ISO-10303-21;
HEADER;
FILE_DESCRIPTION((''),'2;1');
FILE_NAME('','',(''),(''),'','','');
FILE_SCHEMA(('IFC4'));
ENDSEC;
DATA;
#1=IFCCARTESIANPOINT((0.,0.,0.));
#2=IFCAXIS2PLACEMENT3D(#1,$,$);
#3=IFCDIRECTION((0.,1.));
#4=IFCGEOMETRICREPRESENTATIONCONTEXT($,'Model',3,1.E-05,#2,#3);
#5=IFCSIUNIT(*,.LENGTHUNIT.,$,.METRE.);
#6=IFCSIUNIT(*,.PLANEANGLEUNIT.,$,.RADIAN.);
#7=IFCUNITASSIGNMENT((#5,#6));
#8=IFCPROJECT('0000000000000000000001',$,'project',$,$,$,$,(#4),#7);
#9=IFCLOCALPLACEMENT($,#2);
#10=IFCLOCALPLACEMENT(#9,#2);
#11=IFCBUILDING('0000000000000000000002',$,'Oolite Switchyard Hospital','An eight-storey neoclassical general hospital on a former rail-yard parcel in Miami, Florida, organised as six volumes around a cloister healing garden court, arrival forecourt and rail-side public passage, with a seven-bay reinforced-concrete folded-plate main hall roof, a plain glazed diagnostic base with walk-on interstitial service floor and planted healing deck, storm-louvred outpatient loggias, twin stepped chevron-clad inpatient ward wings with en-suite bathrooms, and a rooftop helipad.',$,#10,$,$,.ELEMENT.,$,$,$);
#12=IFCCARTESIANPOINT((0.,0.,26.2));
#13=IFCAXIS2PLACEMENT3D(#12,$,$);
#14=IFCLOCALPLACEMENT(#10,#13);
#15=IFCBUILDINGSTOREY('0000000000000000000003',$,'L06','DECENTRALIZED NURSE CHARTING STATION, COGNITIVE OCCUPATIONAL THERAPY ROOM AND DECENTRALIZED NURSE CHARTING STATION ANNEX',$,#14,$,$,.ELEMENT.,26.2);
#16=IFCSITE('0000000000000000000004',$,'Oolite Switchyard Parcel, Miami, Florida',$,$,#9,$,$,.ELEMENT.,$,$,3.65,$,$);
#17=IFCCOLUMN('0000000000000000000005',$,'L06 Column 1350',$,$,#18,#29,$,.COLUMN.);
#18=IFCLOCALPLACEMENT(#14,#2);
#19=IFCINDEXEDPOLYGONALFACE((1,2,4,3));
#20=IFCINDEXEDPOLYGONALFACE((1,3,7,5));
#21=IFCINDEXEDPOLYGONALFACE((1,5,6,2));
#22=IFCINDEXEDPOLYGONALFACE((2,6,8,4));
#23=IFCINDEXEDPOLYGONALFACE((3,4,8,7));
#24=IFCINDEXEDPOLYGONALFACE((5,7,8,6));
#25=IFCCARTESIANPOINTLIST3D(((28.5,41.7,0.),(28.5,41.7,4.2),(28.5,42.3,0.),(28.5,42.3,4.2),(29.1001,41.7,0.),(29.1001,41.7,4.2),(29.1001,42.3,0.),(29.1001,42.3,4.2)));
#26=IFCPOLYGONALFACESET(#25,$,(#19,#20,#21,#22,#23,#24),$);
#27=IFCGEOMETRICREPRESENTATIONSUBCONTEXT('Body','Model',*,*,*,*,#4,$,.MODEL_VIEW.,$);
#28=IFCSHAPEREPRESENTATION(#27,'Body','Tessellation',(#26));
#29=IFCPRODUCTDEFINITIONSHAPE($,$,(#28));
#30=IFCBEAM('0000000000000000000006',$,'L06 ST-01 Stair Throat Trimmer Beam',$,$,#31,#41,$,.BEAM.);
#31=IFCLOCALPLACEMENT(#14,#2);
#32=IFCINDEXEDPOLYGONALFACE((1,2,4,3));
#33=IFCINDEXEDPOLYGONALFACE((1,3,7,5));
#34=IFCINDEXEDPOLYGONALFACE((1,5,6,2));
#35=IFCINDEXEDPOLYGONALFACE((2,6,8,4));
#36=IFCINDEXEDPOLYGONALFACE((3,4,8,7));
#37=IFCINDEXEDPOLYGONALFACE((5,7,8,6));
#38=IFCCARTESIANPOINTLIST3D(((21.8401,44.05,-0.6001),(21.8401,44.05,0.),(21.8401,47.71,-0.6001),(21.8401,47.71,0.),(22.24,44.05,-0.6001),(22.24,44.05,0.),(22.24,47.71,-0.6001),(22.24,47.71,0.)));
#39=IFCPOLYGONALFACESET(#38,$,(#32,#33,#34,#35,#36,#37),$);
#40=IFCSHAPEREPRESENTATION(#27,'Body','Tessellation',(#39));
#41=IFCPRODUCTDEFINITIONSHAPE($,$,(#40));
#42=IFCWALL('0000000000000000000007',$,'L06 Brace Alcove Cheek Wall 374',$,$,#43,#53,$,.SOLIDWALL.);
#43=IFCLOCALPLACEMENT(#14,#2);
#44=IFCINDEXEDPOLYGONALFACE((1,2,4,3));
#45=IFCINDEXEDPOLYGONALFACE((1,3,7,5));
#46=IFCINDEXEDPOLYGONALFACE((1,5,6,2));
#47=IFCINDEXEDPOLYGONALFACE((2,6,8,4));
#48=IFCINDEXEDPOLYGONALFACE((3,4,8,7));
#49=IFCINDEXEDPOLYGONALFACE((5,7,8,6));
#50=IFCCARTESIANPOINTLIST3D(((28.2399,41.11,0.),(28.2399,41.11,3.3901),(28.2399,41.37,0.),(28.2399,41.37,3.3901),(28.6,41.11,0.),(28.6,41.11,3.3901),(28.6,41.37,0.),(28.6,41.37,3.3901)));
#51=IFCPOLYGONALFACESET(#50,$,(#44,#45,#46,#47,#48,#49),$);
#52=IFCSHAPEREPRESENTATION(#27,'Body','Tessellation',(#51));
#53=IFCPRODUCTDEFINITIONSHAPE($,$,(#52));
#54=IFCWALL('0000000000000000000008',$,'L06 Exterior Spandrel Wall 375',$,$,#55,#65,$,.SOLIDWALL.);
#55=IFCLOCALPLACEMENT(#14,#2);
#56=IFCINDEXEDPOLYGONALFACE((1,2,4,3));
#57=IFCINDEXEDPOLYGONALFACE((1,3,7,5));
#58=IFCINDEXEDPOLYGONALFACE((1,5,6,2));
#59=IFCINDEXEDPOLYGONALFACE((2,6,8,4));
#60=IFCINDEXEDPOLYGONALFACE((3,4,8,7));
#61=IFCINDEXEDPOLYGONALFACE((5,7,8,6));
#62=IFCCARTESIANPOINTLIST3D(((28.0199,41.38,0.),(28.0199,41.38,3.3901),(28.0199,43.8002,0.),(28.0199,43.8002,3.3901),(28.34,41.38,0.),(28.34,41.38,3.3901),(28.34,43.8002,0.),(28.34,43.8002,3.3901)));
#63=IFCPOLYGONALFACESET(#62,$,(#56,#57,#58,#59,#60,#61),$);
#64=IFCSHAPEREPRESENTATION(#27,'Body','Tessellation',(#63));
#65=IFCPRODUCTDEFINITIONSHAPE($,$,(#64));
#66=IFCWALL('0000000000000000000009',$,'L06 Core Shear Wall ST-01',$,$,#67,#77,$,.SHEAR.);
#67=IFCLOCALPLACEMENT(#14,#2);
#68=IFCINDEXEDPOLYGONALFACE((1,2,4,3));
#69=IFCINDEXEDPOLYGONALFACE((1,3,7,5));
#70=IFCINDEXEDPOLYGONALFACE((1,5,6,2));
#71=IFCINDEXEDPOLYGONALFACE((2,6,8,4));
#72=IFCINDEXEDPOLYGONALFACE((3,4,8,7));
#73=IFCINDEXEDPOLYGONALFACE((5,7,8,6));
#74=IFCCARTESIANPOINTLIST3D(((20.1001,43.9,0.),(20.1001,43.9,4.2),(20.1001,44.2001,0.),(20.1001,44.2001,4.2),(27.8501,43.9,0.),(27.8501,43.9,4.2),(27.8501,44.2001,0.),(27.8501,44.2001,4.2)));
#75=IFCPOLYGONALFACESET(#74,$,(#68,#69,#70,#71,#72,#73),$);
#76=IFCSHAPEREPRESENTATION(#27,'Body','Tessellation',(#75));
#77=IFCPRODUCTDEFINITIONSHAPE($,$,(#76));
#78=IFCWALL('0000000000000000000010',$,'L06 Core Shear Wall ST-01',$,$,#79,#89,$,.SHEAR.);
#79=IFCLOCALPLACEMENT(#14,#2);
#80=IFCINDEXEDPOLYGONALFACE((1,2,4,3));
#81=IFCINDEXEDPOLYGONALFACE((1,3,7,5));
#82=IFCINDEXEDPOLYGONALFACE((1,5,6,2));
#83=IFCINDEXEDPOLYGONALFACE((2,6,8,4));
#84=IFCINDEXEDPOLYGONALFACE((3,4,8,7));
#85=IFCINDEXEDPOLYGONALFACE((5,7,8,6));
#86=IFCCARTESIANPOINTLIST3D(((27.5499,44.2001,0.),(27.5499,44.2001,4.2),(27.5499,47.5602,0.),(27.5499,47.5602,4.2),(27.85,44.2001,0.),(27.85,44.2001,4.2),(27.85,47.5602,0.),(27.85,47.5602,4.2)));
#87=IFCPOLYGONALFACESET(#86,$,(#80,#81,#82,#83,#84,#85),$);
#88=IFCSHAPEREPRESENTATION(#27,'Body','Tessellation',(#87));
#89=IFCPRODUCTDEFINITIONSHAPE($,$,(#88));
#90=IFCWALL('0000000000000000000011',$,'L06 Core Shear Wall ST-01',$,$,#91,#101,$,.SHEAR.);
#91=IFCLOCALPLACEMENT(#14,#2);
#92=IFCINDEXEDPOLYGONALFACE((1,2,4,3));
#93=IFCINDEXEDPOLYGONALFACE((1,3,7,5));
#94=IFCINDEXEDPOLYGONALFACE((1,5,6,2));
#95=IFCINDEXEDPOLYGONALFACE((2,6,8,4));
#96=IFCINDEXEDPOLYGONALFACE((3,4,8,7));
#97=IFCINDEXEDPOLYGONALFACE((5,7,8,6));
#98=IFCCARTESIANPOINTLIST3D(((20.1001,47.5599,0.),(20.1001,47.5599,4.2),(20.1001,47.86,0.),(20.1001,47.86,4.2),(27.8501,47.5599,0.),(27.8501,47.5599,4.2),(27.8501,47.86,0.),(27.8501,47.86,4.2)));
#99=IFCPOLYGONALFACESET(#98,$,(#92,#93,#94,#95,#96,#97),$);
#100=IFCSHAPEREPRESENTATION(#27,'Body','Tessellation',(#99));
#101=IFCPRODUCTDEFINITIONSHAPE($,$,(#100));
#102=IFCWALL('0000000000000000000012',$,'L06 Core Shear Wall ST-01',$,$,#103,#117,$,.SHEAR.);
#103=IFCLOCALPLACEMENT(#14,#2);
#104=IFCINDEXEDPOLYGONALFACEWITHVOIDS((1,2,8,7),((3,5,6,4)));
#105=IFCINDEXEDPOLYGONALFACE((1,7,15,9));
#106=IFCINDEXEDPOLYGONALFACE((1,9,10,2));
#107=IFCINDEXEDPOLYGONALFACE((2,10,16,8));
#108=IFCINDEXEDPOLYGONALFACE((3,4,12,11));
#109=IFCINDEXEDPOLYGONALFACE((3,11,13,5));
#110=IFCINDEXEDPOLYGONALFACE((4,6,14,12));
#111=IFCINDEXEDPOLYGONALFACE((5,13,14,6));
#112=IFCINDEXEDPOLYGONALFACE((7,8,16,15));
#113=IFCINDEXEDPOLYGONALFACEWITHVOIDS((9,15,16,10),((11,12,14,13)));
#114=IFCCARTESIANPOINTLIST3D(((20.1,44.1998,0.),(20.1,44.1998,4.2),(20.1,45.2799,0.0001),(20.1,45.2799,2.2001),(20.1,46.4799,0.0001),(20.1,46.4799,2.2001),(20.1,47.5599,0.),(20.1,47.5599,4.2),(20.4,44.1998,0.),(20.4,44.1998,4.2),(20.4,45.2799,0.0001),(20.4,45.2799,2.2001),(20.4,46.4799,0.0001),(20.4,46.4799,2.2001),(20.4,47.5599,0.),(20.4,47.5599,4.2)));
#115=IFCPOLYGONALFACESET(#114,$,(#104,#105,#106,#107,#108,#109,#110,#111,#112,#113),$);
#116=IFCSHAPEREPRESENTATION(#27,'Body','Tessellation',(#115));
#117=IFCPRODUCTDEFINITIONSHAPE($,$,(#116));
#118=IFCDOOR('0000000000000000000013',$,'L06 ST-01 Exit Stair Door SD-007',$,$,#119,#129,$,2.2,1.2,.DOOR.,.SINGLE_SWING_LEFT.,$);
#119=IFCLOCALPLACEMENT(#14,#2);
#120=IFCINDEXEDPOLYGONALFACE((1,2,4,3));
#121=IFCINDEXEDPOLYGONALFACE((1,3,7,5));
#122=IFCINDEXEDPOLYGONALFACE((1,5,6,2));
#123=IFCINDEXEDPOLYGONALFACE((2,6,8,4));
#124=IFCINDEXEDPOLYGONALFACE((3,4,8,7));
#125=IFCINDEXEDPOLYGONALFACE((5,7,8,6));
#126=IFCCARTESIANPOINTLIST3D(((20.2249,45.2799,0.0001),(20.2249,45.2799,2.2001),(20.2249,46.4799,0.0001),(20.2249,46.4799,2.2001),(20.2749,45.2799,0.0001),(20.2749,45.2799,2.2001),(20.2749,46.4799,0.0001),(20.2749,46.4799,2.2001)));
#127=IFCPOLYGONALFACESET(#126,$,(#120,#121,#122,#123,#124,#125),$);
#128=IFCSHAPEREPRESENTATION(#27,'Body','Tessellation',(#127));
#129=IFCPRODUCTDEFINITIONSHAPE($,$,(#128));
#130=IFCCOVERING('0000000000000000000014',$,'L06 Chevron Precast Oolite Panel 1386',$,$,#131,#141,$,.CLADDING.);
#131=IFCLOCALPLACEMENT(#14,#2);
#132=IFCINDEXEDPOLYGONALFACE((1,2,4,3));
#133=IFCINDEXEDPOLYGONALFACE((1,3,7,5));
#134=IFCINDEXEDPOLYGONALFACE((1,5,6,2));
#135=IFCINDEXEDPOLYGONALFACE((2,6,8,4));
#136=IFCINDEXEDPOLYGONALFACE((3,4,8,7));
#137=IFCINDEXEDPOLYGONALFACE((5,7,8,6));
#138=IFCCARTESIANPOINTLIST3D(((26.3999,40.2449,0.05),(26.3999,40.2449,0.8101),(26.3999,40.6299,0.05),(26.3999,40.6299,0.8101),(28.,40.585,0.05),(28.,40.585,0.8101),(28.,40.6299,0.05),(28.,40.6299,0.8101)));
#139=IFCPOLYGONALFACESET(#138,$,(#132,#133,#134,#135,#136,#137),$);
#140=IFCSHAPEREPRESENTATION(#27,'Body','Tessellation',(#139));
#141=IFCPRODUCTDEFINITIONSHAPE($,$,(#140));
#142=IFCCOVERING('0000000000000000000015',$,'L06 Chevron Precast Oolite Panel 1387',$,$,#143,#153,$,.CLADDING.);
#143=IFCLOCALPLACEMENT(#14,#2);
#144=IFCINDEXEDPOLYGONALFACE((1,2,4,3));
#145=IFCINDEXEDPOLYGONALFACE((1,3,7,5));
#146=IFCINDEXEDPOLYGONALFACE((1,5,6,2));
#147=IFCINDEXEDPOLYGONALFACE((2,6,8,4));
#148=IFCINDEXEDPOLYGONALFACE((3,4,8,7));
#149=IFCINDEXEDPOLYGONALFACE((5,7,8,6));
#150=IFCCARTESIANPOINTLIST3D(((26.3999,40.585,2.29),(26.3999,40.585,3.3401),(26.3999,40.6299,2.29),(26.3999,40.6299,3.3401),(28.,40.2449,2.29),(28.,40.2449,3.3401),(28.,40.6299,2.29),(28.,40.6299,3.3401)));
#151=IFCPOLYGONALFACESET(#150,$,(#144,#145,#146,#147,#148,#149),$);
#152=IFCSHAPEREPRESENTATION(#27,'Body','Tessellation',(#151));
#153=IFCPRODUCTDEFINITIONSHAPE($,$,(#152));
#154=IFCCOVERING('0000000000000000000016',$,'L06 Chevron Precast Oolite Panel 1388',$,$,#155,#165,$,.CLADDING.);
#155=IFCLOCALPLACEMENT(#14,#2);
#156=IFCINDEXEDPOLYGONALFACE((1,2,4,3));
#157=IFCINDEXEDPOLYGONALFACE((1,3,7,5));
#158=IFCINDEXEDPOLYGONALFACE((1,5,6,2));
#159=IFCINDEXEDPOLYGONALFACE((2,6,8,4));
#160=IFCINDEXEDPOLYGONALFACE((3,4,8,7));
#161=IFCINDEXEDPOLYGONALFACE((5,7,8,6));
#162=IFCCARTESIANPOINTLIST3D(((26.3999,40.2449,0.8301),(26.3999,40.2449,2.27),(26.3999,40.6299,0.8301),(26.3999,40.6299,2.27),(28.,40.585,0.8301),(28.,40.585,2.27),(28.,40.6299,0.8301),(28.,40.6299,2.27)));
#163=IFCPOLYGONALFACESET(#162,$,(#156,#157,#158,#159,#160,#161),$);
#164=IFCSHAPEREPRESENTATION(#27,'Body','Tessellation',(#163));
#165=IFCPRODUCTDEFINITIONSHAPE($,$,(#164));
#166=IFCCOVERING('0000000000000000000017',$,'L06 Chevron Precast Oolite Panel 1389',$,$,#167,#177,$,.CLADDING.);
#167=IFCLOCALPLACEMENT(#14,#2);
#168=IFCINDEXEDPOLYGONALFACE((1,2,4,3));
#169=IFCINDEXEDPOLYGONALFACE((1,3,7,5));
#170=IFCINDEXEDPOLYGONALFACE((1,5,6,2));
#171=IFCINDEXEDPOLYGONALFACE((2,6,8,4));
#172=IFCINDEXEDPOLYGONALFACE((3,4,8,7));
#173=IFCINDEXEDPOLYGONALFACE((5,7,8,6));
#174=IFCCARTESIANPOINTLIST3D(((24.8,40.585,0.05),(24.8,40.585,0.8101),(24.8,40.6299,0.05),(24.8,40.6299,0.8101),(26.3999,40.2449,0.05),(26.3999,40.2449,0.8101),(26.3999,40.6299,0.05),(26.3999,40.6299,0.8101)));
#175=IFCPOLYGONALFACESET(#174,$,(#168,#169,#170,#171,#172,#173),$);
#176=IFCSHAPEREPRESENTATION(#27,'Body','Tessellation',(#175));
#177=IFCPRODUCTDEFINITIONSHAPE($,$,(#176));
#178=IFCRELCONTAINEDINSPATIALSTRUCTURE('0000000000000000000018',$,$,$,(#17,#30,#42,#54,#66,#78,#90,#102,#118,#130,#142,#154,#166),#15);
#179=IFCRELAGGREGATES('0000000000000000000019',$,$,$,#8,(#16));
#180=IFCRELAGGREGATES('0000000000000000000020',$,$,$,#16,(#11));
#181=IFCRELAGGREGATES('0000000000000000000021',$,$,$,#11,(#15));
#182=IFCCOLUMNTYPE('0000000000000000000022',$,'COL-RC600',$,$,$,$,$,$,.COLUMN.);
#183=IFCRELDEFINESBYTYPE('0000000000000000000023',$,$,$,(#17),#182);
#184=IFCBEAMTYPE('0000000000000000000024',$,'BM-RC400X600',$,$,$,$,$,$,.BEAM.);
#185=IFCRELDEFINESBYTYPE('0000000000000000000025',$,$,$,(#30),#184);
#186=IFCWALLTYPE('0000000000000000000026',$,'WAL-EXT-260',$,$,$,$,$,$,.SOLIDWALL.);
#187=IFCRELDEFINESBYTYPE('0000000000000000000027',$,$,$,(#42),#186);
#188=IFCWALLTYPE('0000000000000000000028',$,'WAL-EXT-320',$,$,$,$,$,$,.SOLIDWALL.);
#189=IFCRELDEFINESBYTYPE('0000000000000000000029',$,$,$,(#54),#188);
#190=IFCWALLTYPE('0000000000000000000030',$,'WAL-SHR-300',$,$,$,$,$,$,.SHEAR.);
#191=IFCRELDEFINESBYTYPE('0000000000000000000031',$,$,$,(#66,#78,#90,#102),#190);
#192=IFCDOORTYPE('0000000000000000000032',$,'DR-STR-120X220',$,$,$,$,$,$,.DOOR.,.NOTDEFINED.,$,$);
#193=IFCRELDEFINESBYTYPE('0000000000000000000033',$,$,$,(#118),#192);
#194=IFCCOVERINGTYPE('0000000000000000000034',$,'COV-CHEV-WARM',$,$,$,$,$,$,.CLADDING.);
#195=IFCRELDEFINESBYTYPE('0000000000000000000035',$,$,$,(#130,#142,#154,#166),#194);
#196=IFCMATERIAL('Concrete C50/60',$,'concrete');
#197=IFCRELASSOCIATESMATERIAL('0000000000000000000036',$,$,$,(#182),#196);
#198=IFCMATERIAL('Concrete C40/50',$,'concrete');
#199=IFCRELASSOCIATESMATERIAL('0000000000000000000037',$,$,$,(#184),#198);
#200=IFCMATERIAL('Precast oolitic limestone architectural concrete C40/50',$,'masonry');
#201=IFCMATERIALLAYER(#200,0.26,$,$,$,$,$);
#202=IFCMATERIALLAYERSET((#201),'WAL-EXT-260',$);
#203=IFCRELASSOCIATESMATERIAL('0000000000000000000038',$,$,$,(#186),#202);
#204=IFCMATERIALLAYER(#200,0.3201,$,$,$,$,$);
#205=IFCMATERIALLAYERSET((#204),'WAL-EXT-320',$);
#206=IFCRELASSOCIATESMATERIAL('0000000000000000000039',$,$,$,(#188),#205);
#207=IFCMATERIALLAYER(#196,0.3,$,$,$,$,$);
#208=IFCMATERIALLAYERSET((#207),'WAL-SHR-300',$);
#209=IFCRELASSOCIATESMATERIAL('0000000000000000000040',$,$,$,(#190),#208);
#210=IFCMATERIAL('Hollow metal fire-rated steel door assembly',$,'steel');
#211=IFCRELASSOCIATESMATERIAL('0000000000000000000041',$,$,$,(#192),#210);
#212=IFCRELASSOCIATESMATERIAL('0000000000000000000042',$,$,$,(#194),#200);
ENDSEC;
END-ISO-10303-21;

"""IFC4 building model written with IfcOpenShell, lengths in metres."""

from ifc_helpers import new_model, si_unit, direction, frame, frame_2d, origin, origin_2d, place, context, subcontext, project, spatial, polyline, rectangle, outline, extrude, material, layer, layer_set, material_profile, profile_set, type_object, element, fill, save


model = new_model("IFC4")

# Units and contexts
model_context = context("Model", 3, precision=1e-05, world=origin(), true_north=direction((0.0, 1.0)))
body_context = subcontext(model_context, "Body", "Model", "MODEL_VIEW")
ifc_project = project(units=[si_unit("LENGTHUNIT", "METRE"), si_unit("PLANEANGLEUNIT", "RADIAN")], contexts=[model_context])

# Site, building, storey
site_placement = place(None, origin())
site = spatial("IfcSite", under=ifc_project, at=site_placement, Name="Oolite Switchyard Parcel, Miami, Florida", CompositionType="ELEMENT", RefElevation=3.65)
building_placement = place(site_placement, origin())
building = spatial("IfcBuilding", under=site, at=building_placement, Name="Oolite Switchyard Hospital", Description="An eight-storey neoclassical general hospital on a former rail-yard parcel in Miami, Florida, organised as six volumes around a cloister healing garden court, arrival forecourt and rail-side public passage, with a seven-bay reinforced-concrete folded-plate main hall roof, a plain glazed diagnostic base with walk-on interstitial service floor and planted healing deck, storm-louvred outpatient loggias, twin stepped chevron-clad inpatient ward wings with en-suite bathrooms, and a rooftop helipad.", CompositionType="ELEMENT")
storey_placement = place(building_placement, frame((0.0, 0.0, 26.2)))
storey = spatial("IfcBuildingStorey", under=building, at=storey_placement, Name="L06", Description="DECENTRALIZED NURSE CHARTING STATION, COGNITIVE OCCUPATIONAL THERAPY ROOM AND DECENTRALIZED NURSE CHARTING STATION ANNEX", CompositionType="ELEMENT", Elevation=26.2)

# Column
ifc_material_1 = material(Name="Concrete C50/60", Category="concrete")
ifc_material_profile_1 = material_profile(ifc_material_1, rectangle(XDim=0.6001, YDim=0.6001, at=origin_2d()), Name="RC600X600")
ifc_profile_set_1 = profile_set([ifc_material_profile_1], Name="Concrete C50/60")
column_type = type_object("IfcColumnType", Name="COL-RC600", PredefinedType="COLUMN", material=ifc_profile_set_1)
column_placement = place(storey_placement, frame((28.8, 42.0, 0.0), z_axis=(0.0, 0.0, 1.0), x_axis=(1.0, 0.0, 0.0)))
element("IfcColumn", 1, at=column_placement, inside=storey, type_object=column_type, Name="L06 Column 1350", PredefinedType="COLUMN", context=body_context, shape_type="SweptSolid", body=[
    extrude(rectangle(XDim=0.6001, YDim=0.6001, at=origin_2d()), origin(), (0.0, 0.0, 1.0), 4.2),
])

# Beam
ifc_material_2 = material(Name="Concrete C40/50", Category="concrete")
ifc_material_profile_2 = material_profile(ifc_material_2, rectangle(XDim=0.3999, YDim=0.6001, at=origin_2d()), Name="RCB400X600")
ifc_profile_set_2 = profile_set([ifc_material_profile_2], Name="Concrete C40/50")
beam_type = type_object("IfcBeamType", Name="BM-RC400X600", PredefinedType="BEAM", material=ifc_profile_set_2)
beam_placement = place(storey_placement, frame((22.04, 44.05, -0.3), z_axis=(0.0, 1.0, 0.0), x_axis=(-1.0, 0.0, 0.0)))
element("IfcBeam", 2, at=beam_placement, inside=storey, type_object=beam_type, Name="L06 ST-01 Stair Throat Trimmer Beam", PredefinedType="BEAM", context=body_context, shape_type="SweptSolid", body=[
    extrude(rectangle(XDim=0.3999, YDim=0.6001, at=origin_2d()), origin(), (0.0, 0.0, 1.0), 3.6599),
])

# Walls
ifc_material_3 = material(Name="Precast oolitic limestone architectural concrete C40/50", Category="masonry")
ifc_layer_1 = layer(ifc_material_3, 0.26)
ifc_layer_set_1 = layer_set([ifc_layer_1], Name="WAL-EXT-260")
wall_type_1 = type_object("IfcWallType", Name="WAL-EXT-260", PredefinedType="SOLIDWALL", material=ifc_layer_set_1)
wall_1_placement = place(storey_placement, frame((28.6001, 41.24, 0.0), z_axis=(0.0, 0.0, 1.0), x_axis=(-1.0, 0.0, 0.0)))
element("IfcWall", 3, at=wall_1_placement, inside=storey, type_object=wall_type_1, Name="L06 Brace Alcove Cheek Wall 374", PredefinedType="SOLIDWALL", context=body_context, shape_type="SweptSolid", body=[
    extrude(rectangle(XDim=0.3601, YDim=0.26, at=frame_2d((0.1802, 0.0))), origin(), (0.0, 0.0, 1.0), 3.3901),
])
ifc_layer_2 = layer(ifc_material_3, 0.3201)
ifc_layer_set_2 = layer_set([ifc_layer_2], Name="WAL-EXT-320")
wall_type_2 = type_object("IfcWallType", Name="WAL-EXT-320", PredefinedType="SOLIDWALL", material=ifc_layer_set_2)
wall_2_placement = place(storey_placement, frame((28.1799, 43.8, 0.0), z_axis=(0.0, 0.0, 1.0), x_axis=(0.0, -1.0, 0.0)))
element("IfcWall", 4, at=wall_2_placement, inside=storey, type_object=wall_type_2, Name="L06 Exterior Spandrel Wall 375", PredefinedType="SOLIDWALL", context=body_context, shape_type="SweptSolid", body=[
    extrude(rectangle(XDim=2.4202, YDim=0.3201, at=frame_2d((1.21, 0.0))), origin(), (0.0, 0.0, 1.0), 3.3901),
])
ifc_layer_3 = layer(ifc_material_1, 0.3)
ifc_layer_set_3 = layer_set([ifc_layer_3], Name="WAL-SHR-300")
wall_type_3 = type_object("IfcWallType", Name="WAL-SHR-300", PredefinedType="SHEAR", material=ifc_layer_set_3)
wall_3_placement = place(storey_placement, frame((20.1001, 44.05, 0.0), z_axis=(0.0, 0.0, 1.0), x_axis=(1.0, 0.0, 0.0)))
element("IfcWall", 5, at=wall_3_placement, inside=storey, type_object=wall_type_3, Name="L06 Core Shear Wall ST-01", PredefinedType="SHEAR", context=body_context, shape_type="SweptSolid", body=[
    extrude(rectangle(XDim=7.75, YDim=0.3, at=frame_2d((3.875, 0.0))), origin(), (0.0, 0.0, 1.0), 4.2),
])
wall_4_placement = place(storey_placement, frame((27.7, 44.2, 0.0), z_axis=(0.0, 0.0, 1.0), x_axis=(0.0, 1.0, 0.0)))
element("IfcWall", 6, at=wall_4_placement, inside=storey, type_object=wall_type_3, Name="L06 Core Shear Wall ST-01", PredefinedType="SHEAR", context=body_context, shape_type="SweptSolid", body=[
    extrude(rectangle(XDim=3.3601, YDim=0.3, at=frame_2d((1.6802, 0.0))), origin(), (0.0, 0.0, 1.0), 4.2),
])
wall_5_placement = place(storey_placement, frame((27.8501, 47.71, 0.0), z_axis=(0.0, 0.0, 1.0), x_axis=(-1.0, 0.0, 0.0)))
element("IfcWall", 7, at=wall_5_placement, inside=storey, type_object=wall_type_3, Name="L06 Core Shear Wall ST-01", PredefinedType="SHEAR", context=body_context, shape_type="SweptSolid", body=[
    extrude(rectangle(XDim=7.75, YDim=0.3, at=frame_2d((3.875, 0.0))), origin(), (0.0, 0.0, 1.0), 4.2),
])

# Wall, opening, door
wall_6_placement = place(storey_placement, frame((20.25, 47.5601, 0.0), z_axis=(0.0, 0.0, 1.0), x_axis=(0.0, -1.0, 0.0)))
wall_6 = element("IfcWall", 8, at=wall_6_placement, inside=storey, type_object=wall_type_3, Name="L06 Core Shear Wall ST-01", PredefinedType="SHEAR", context=body_context, shape_type="SweptSolid", body=[
    extrude(rectangle(XDim=3.3601, YDim=0.3, at=frame_2d((1.6802, 0.0))), origin(), (0.0, 0.0, 1.0), 4.2),
])
opening_placement = place(wall_6_placement, frame((1.0801, 0.0, 0.0)))
opening = element("IfcOpeningElement", 9, at=opening_placement, cuts=wall_6, PredefinedType="OPENING", context=body_context, shape_type="SweptSolid", body=[
    extrude(rectangle(XDim=1.2, YDim=2.2, at=frame_2d((0.6001, 1.1001))), frame((0.0, 0.1602, 0.0), z_axis=(0.0, -1.0, 0.0), x_axis=(1.0, 0.0, 0.0)), (0.0, 0.0, 1.0), 0.3201),
])
ifc_material_4 = material(Name="Hollow metal fire-rated steel door assembly", Category="steel")
door_type = type_object("IfcDoorType", Name="DR-STR-120X220", OperationType="NOTDEFINED", PredefinedType="DOOR", material=ifc_material_4)
door_placement = place(opening_placement, origin())
door = element("IfcDoor", 10, at=door_placement, inside=storey, type_object=door_type, Name="L06 ST-01 Exit Stair Door SD-007", OperationType="SINGLE_SWING_LEFT", OverallHeight=2.2, OverallWidth=1.2, PredefinedType="DOOR", context=body_context, shape_type="SweptSolid", body=[
    extrude(rectangle(XDim=1.2, YDim=2.2, at=frame_2d((0.6001, 1.1001))), frame((0.0, 0.0249, 0.0), z_axis=(0.0, -1.0, 0.0), x_axis=(1.0, 0.0, 0.0)), (0.0, 0.0, 1.0), 0.05),
])
fill(opening, door)

# Coverings
covering_type = type_object("IfcCoveringType", Name="COV-CHEV-WARM", PredefinedType="CLADDING", material=ifc_material_3)
covering_1_placement = place(storey_placement, frame((28.0, 40.6299, 0.05), z_axis=(0.0, 0.0, 1.0), x_axis=(-1.0, 0.0, 0.0)))
element("IfcCovering", 11, at=covering_1_placement, inside=storey, type_object=covering_type, Name="L06 Chevron Precast Oolite Panel 1386", PredefinedType="CLADDING", context=body_context, shape_type="SweptSolid", body=[
    extrude(outline(polyline([(0.0, 0.0), (1.6001, 0.0), (1.6001, 0.385), (0.0, 0.0449), (0.0, 0.0)])), origin(), (0.0, 0.0, 1.0), 0.76),
])
covering_2_placement = place(storey_placement, frame((28.0, 40.6299, 2.29), z_axis=(0.0, 0.0, 1.0), x_axis=(-1.0, 0.0, 0.0)))
element("IfcCovering", 12, at=covering_2_placement, inside=storey, type_object=covering_type, Name="L06 Chevron Precast Oolite Panel 1387", PredefinedType="CLADDING", context=body_context, shape_type="SweptSolid", body=[
    extrude(outline(polyline([(0.0, 0.0), (1.6001, 0.0), (1.6001, 0.0449), (0.0, 0.385), (0.0, 0.0)])), origin(), (0.0, 0.0, 1.0), 1.05),
])
covering_3_placement = place(storey_placement, frame((28.0, 40.6299, 0.8301), z_axis=(0.0, 0.0, 1.0), x_axis=(-1.0, 0.0, 0.0)))
element("IfcCovering", 13, at=covering_3_placement, inside=storey, type_object=covering_type, Name="L06 Chevron Precast Oolite Panel 1388", PredefinedType="CLADDING", context=body_context, shape_type="SweptSolid", body=[
    extrude(outline(polyline([(0.0, 0.0), (1.6001, 0.0), (1.6001, 0.385), (0.0, 0.0449), (0.0, 0.0)])), origin(), (0.0, 0.0, 1.0), 1.4399),
])
covering_4_placement = place(storey_placement, frame((26.3999, 40.6299, 0.05), z_axis=(0.0, 0.0, 1.0), x_axis=(-1.0, 0.0, 0.0)))
element("IfcCovering", 14, at=covering_4_placement, inside=storey, type_object=covering_type, Name="L06 Chevron Precast Oolite Panel 1389", PredefinedType="CLADDING", context=body_context, shape_type="SweptSolid", body=[
    extrude(outline(polyline([(0.0, 0.0), (1.5999, 0.0), (1.5999, 0.0449), (0.0, 0.385), (0.0, 0.0)])), origin(), (0.0, 0.0, 1.0), 0.76),
])

save(model, "model.ifc")
